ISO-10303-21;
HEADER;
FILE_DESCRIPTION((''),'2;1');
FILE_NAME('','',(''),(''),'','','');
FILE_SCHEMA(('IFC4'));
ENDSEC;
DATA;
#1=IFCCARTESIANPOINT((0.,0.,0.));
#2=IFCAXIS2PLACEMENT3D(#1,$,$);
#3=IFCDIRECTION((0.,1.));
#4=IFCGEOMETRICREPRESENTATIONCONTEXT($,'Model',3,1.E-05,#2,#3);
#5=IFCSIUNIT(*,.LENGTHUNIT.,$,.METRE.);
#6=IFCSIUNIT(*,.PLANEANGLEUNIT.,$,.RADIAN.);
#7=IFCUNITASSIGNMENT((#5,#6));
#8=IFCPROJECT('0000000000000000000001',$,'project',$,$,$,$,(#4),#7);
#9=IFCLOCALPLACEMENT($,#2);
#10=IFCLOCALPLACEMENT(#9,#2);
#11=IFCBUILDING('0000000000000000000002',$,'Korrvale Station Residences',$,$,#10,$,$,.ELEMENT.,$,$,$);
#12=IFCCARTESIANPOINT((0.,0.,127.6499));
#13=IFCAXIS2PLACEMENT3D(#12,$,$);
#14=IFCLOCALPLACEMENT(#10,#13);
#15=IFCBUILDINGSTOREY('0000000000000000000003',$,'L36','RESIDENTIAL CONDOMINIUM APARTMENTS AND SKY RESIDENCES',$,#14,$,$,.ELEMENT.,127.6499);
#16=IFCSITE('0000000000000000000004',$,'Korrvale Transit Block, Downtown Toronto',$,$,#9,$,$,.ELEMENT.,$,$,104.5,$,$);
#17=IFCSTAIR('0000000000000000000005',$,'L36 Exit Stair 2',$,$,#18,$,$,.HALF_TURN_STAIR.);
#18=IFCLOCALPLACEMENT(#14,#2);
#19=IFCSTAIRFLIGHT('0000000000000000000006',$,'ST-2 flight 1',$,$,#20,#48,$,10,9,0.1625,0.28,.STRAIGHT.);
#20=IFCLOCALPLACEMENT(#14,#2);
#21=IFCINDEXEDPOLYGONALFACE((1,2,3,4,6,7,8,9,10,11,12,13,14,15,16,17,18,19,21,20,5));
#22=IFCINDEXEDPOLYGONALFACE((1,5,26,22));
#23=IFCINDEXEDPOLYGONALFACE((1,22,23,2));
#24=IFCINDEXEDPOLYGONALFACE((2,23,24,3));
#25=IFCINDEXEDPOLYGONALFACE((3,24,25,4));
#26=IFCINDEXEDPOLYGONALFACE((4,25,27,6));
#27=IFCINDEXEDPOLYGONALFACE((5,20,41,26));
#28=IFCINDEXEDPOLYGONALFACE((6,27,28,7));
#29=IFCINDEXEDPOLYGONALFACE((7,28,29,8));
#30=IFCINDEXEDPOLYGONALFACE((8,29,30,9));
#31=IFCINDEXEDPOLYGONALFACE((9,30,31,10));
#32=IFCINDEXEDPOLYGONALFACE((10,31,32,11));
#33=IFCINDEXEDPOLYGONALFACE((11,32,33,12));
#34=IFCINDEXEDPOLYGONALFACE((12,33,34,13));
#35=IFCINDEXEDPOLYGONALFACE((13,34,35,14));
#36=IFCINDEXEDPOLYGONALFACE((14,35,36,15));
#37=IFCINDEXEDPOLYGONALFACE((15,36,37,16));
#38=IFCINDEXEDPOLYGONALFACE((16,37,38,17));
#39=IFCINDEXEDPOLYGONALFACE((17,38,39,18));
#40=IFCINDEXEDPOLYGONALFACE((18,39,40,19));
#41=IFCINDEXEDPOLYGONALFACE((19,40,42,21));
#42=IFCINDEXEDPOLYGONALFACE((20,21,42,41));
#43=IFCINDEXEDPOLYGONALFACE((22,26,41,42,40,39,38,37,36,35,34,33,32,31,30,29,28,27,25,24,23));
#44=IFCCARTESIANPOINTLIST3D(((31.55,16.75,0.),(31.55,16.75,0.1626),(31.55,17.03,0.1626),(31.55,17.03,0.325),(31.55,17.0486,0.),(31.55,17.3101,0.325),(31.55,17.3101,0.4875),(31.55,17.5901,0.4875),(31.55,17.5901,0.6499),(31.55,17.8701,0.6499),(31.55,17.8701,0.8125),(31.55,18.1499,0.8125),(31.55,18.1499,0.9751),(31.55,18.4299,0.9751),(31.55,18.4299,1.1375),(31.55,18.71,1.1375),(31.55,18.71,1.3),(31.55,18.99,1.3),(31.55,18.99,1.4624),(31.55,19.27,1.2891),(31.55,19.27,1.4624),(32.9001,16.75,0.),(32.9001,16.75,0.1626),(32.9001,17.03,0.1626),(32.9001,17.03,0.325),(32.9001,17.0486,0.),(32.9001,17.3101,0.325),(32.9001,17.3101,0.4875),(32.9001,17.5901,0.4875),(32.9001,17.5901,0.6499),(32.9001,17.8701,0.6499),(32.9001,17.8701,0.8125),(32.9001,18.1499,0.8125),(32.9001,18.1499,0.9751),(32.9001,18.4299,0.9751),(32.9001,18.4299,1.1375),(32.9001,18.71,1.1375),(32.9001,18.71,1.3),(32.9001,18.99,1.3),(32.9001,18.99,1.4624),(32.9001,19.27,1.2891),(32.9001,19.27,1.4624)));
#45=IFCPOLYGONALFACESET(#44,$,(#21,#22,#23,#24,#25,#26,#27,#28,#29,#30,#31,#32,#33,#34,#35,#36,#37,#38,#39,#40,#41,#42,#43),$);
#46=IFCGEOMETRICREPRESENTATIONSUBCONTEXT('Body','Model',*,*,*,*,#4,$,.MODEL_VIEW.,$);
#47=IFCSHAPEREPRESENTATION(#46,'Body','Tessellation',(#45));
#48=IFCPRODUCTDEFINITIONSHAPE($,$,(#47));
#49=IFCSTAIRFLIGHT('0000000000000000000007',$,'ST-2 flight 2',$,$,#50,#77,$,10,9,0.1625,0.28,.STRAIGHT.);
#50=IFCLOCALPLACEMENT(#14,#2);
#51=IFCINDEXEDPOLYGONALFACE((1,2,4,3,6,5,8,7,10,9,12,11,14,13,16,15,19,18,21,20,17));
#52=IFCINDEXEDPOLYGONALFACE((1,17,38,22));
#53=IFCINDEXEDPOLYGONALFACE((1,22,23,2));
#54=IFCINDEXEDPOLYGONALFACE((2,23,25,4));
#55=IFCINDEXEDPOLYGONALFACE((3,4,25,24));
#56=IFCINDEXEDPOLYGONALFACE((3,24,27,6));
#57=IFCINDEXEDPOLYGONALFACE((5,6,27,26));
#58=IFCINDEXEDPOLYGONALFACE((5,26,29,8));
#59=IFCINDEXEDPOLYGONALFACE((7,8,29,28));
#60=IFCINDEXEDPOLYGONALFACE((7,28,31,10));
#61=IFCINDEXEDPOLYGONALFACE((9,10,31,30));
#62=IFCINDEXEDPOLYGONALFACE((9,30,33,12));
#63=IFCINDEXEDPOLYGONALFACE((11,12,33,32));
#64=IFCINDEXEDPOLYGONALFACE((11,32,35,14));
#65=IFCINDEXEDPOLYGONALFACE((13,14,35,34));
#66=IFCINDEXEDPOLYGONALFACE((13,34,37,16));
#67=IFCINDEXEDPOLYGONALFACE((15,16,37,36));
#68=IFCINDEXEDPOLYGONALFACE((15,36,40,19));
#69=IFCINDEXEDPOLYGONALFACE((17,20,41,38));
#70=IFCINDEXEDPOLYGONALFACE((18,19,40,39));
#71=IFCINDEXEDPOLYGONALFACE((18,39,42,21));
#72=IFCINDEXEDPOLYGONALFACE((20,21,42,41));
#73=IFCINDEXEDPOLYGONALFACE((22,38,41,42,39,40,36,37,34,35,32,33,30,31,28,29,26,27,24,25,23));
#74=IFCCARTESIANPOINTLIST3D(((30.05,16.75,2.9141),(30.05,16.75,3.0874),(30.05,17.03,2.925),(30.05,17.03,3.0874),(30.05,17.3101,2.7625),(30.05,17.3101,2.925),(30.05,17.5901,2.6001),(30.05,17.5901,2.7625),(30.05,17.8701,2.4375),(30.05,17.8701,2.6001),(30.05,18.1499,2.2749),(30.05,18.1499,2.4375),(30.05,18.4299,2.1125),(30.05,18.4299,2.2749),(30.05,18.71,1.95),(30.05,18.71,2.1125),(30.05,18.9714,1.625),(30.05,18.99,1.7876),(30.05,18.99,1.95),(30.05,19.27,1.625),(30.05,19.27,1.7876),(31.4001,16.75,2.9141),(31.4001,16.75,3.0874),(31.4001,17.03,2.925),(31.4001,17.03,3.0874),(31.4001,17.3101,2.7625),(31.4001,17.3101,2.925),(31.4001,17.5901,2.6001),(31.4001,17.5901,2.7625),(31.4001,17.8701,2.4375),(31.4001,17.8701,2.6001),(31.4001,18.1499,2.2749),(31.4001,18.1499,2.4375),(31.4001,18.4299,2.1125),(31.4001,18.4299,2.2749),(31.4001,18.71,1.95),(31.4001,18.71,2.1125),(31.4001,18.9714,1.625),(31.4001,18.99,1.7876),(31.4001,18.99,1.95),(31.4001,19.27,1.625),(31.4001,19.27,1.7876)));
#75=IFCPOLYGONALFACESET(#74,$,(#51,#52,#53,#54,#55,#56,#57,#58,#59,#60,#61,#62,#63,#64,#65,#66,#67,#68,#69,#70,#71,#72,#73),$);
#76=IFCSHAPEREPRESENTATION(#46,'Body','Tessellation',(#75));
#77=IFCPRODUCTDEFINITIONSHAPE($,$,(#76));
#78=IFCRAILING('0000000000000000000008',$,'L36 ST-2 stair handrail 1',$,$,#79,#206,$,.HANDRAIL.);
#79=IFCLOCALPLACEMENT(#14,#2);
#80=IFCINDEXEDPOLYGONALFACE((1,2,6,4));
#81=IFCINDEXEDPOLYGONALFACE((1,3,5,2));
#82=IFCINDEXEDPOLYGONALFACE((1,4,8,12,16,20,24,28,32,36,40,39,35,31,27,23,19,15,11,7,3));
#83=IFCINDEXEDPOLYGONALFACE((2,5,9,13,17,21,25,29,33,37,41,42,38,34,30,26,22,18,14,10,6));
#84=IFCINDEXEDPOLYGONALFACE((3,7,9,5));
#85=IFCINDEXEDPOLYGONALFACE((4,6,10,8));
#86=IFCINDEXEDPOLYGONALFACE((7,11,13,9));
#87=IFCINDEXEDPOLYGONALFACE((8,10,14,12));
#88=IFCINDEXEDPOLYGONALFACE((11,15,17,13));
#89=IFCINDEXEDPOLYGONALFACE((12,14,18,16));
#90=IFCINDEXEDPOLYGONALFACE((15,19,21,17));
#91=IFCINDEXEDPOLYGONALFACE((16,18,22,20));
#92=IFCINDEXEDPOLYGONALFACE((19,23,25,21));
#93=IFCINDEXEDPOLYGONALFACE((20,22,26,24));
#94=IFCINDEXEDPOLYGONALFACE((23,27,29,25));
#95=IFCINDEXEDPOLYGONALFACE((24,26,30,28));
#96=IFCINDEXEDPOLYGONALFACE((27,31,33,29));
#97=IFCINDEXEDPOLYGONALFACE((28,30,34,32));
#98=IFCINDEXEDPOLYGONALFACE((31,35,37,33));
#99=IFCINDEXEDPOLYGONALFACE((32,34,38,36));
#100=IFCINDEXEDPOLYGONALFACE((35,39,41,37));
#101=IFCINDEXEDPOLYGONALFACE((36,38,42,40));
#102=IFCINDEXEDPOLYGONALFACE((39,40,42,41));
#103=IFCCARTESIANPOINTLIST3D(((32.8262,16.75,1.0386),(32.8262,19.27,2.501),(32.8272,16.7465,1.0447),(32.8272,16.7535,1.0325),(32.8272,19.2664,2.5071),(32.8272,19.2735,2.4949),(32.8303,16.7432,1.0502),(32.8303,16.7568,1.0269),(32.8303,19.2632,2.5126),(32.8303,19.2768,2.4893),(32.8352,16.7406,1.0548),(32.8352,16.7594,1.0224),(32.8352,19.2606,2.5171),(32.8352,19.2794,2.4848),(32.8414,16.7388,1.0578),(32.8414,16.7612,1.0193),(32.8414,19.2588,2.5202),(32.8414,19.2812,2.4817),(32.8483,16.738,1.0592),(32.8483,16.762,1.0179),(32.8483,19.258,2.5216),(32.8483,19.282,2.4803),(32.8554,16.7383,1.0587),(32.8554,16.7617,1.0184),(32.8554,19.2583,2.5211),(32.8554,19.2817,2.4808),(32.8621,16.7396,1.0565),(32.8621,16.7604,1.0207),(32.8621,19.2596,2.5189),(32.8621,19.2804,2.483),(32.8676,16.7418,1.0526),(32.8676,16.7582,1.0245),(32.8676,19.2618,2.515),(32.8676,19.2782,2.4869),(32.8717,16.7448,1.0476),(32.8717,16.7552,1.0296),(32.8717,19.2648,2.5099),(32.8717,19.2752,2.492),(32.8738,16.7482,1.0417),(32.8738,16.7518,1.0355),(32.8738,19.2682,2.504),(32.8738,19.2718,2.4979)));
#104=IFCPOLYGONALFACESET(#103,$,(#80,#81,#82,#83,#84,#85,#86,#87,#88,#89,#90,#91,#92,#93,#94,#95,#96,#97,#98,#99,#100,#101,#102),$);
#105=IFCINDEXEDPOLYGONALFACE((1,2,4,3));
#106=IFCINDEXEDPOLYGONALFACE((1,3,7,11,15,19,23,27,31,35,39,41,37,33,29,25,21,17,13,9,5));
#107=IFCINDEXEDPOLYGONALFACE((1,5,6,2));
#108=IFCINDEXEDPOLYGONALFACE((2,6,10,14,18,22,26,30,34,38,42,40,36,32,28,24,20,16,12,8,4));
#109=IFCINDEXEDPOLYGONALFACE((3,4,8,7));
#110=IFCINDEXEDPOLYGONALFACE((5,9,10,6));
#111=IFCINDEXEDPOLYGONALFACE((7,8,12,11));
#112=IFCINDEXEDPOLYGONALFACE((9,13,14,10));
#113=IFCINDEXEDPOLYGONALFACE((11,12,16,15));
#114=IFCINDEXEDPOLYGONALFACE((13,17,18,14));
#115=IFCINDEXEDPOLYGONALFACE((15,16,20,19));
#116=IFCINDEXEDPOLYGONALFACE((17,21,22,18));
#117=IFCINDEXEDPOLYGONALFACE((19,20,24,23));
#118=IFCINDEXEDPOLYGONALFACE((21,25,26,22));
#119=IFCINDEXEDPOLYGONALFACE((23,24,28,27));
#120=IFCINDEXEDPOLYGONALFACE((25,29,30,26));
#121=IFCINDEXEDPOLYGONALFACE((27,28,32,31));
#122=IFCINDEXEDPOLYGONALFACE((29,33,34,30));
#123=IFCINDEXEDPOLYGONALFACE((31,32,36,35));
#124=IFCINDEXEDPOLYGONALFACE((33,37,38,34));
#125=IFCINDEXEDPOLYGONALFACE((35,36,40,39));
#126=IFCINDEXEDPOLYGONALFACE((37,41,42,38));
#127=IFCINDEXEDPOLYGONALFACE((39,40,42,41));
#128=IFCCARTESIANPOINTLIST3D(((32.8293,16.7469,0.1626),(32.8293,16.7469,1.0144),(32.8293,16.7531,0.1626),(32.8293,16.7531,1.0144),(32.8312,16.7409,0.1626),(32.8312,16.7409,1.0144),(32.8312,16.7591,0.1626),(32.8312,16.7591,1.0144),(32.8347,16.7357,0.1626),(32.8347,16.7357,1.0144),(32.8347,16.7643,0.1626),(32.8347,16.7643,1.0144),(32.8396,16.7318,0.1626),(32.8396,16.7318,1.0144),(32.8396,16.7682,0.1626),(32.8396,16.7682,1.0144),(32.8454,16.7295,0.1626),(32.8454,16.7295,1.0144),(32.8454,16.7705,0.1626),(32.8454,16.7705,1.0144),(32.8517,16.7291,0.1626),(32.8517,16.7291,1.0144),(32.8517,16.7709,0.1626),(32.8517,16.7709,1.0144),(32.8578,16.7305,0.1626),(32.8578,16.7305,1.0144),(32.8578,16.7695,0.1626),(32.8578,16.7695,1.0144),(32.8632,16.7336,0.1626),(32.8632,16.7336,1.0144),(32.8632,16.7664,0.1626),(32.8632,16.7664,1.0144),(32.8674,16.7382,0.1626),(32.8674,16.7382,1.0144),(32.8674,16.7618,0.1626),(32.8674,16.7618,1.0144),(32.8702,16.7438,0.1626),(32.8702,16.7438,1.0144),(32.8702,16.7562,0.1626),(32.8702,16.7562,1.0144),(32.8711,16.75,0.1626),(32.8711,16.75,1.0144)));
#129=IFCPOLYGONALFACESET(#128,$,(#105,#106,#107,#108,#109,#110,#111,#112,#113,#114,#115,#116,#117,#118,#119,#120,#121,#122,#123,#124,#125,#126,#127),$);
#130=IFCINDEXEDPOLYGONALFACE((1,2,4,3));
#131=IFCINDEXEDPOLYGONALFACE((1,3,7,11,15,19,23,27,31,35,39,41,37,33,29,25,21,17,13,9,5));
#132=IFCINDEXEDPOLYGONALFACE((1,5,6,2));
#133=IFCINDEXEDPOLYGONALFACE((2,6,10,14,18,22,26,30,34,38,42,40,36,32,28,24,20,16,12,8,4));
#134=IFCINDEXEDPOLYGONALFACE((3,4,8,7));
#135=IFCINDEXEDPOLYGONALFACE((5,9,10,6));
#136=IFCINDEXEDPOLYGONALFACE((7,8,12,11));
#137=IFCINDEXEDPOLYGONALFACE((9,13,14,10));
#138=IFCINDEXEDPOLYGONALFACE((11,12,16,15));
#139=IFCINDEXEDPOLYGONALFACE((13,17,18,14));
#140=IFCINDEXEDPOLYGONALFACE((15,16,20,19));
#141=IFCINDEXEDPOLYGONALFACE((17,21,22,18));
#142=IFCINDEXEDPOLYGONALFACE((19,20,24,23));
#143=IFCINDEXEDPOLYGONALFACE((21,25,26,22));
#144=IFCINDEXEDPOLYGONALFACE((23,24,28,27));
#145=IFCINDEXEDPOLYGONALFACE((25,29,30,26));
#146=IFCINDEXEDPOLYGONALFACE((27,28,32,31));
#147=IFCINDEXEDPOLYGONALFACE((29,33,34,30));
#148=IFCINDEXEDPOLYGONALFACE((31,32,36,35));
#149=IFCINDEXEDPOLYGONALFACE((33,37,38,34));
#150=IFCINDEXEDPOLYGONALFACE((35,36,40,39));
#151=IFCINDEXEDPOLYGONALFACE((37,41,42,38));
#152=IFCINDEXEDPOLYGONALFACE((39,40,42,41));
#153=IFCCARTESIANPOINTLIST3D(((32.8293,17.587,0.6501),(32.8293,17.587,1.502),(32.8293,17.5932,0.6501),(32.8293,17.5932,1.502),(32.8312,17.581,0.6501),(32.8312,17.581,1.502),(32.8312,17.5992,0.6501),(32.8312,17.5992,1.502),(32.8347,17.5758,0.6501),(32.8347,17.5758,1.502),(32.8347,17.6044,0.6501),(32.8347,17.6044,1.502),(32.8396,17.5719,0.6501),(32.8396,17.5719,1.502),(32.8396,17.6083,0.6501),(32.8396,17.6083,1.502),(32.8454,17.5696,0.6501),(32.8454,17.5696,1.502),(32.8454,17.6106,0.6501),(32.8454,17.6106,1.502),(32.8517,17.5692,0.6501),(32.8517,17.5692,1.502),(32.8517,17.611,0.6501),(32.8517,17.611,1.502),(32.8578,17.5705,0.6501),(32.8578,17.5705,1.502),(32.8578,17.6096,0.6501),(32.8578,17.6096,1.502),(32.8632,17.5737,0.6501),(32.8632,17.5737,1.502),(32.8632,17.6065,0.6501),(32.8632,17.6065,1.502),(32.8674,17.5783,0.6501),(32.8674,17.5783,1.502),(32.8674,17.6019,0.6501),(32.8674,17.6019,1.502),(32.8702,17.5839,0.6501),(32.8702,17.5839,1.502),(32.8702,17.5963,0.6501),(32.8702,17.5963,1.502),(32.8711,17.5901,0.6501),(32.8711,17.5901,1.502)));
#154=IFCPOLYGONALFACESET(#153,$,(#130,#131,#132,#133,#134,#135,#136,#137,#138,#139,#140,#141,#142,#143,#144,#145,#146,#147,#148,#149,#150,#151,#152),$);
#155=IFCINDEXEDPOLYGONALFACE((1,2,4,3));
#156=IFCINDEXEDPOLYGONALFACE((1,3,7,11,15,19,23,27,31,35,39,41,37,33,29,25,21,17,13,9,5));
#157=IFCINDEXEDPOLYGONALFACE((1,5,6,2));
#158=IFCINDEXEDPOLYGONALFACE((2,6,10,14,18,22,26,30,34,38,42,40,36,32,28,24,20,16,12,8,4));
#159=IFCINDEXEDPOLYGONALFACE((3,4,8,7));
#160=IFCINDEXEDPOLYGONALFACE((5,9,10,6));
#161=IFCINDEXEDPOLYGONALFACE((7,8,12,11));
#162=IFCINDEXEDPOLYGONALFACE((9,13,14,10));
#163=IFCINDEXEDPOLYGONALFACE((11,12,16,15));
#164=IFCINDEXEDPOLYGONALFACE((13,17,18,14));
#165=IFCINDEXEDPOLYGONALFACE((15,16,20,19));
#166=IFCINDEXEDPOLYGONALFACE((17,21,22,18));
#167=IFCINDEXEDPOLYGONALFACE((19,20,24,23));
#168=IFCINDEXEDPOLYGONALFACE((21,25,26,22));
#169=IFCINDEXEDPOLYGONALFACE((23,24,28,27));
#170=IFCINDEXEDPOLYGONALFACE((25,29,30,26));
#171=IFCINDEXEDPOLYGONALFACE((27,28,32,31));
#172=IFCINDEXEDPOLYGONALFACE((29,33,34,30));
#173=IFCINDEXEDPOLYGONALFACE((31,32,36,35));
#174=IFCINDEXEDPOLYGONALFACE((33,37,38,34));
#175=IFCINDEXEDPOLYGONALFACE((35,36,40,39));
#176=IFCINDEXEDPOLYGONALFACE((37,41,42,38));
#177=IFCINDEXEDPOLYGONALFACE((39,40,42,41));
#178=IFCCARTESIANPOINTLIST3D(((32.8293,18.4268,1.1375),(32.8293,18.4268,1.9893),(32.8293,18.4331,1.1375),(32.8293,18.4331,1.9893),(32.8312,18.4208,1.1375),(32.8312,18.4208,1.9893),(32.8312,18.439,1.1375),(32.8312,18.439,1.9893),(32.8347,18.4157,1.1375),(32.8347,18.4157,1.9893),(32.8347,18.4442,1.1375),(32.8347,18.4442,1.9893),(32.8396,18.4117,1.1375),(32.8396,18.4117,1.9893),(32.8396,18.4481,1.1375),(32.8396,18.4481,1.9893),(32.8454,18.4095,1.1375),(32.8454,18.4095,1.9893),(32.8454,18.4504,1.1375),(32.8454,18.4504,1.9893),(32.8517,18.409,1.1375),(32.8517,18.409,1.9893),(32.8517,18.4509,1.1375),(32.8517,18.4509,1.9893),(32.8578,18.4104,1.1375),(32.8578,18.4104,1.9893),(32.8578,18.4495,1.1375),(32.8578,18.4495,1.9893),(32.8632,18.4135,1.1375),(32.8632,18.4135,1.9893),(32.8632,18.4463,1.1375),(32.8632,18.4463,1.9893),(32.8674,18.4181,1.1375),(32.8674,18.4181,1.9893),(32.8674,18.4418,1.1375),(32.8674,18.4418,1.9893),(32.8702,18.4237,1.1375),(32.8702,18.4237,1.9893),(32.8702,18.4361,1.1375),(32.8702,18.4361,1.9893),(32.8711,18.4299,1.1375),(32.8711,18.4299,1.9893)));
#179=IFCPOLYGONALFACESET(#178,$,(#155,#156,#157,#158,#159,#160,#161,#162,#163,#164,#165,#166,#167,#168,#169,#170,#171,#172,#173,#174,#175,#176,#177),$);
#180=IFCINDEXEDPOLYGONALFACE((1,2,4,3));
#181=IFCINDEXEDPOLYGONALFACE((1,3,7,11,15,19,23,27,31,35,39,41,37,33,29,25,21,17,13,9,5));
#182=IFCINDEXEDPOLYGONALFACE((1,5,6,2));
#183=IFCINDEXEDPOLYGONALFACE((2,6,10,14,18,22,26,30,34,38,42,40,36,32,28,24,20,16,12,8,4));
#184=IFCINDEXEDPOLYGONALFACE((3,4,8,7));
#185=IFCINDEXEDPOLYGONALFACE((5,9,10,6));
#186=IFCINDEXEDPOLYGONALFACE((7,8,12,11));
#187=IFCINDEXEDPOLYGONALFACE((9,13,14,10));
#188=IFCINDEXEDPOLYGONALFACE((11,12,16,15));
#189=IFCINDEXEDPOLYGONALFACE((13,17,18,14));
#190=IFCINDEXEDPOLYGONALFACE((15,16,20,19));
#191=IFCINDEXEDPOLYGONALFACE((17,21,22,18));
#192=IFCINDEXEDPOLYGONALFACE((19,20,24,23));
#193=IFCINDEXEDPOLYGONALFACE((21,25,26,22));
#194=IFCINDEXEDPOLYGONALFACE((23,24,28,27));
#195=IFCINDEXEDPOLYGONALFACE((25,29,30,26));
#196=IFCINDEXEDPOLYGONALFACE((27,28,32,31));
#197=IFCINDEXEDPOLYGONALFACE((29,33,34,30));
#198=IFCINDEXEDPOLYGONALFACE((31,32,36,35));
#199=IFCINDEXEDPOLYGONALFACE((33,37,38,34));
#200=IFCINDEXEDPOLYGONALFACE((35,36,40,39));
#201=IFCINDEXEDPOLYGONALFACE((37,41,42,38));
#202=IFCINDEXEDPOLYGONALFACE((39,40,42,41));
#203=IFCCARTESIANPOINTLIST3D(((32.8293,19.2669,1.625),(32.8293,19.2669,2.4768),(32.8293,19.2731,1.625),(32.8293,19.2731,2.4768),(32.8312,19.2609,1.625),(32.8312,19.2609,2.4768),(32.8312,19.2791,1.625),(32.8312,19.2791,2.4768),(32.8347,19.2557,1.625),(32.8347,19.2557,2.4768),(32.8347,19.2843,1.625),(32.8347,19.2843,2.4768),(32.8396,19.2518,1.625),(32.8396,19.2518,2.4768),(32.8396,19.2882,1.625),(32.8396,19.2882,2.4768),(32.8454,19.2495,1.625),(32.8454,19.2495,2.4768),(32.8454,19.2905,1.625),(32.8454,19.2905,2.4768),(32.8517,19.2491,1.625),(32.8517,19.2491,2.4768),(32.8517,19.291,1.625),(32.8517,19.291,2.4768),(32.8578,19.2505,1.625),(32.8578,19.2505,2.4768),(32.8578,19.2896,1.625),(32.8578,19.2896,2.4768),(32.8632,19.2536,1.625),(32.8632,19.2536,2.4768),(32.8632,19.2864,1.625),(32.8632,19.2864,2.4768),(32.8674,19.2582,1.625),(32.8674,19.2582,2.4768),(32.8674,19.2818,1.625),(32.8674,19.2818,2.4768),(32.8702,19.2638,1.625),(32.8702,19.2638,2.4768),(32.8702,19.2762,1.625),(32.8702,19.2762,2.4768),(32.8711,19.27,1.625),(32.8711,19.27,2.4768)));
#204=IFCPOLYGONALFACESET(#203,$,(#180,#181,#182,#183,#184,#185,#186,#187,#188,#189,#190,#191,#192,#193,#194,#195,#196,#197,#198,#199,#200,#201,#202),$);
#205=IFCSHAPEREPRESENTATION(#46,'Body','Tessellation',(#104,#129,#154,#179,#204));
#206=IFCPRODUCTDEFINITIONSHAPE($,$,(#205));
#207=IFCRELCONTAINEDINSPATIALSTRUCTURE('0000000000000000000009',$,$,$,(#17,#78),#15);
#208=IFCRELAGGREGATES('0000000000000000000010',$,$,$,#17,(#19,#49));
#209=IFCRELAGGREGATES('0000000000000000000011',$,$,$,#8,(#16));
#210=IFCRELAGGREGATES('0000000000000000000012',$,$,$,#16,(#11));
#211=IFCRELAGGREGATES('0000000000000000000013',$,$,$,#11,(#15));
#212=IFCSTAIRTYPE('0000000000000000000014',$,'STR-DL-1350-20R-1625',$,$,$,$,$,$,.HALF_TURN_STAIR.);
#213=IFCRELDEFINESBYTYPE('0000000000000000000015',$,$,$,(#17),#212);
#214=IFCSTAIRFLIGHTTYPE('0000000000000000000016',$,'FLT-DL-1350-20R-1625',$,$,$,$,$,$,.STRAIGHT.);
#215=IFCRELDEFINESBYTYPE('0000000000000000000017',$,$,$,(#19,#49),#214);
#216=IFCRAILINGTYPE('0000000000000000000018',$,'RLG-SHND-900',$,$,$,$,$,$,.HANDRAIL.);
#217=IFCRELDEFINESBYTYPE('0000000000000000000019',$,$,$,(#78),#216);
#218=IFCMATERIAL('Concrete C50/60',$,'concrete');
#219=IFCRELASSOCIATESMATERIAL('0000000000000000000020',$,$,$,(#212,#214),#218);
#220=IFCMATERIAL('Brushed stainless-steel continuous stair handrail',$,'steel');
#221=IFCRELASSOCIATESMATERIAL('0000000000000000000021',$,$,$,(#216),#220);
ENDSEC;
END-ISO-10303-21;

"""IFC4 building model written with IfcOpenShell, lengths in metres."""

from ifc_helpers import new_model, si_unit, direction, frame, origin, origin_2d, place, context, subcontext, project, spatial, polyline, circle, outline, extrude, material, type_object, element, aggregate, save


model = new_model("IFC4")

# Units and contexts
model_context = context("Model", 3, precision=1e-05, world=origin(), true_north=direction((0.0, 1.0)))
body_context = subcontext(model_context, "Body", "Model", "MODEL_VIEW")
ifc_project = project(units=[si_unit("LENGTHUNIT", "METRE"), si_unit("PLANEANGLEUNIT", "RADIAN")], contexts=[model_context])

# Site, building, storey
site_placement = place(None, origin())
site = spatial("IfcSite", under=ifc_project, at=site_placement, Name="Korrvale Transit Block, Downtown Toronto", CompositionType="ELEMENT", RefElevation=104.5)
building_placement = place(site_placement, origin())
building = spatial("IfcBuilding", under=site, at=building_placement, Name="Korrvale Station Residences", CompositionType="ELEMENT")
storey_placement = place(building_placement, frame((0.0, 0.0, 127.6499)))
storey = spatial("IfcBuildingStorey", under=building, at=storey_placement, Name="L36", Description="RESIDENTIAL CONDOMINIUM APARTMENTS AND SKY RESIDENCES", CompositionType="ELEMENT", Elevation=127.6499)

# Stair, stair flights
ifc_material_1 = material(Name="Concrete C50/60", Category="concrete")
stair_type = type_object("IfcStairType", Name="STR-DL-1350-20R-1625", PredefinedType="HALF_TURN_STAIR", material=ifc_material_1)
stair_placement = place(storey_placement, origin())
stair = element("IfcStair", 1, at=stair_placement, inside=storey, type_object=stair_type, Name="L36 Exit Stair 2", PredefinedType="HALF_TURN_STAIR")
stair_flight_type = type_object("IfcStairFlightType", Name="FLT-DL-1350-20R-1625", PredefinedType="STRAIGHT", material=ifc_material_1)
stair_flight_1_placement = place(storey_placement, frame((32.2251, 16.75, 0.0), z_axis=(0.0, 0.0, 1.0), x_axis=(0.0, 1.0, 0.0)))
stair_flight_1 = element("IfcStairFlight", 2, at=stair_flight_1_placement, type_object=stair_flight_type, Name="ST-2 flight 1", NumberOfRisers=10, NumberOfTreads=9, PredefinedType="STRAIGHT", RiserHeight=0.1625, TreadLength=0.28, context=body_context, shape_type="SweptSolid", body=[
    extrude(outline(polyline([(0.0, 0.0), (0.0, 0.1626), (0.28, 0.1626), (0.28, 0.325), (0.5601, 0.325), (0.5601, 0.4875), (0.8401, 0.4875), (0.8401, 0.6499), (1.1201, 0.6499), (1.1201, 0.8125), (1.3999, 0.8125), (1.3999, 0.9751), (1.6799, 0.9751), (1.6799, 1.1375), (1.96, 1.1375), (1.96, 1.3), (2.24, 1.3), (2.24, 1.4624), (2.52, 1.4624), (2.52, 1.625), (2.52, 1.2891), (0.2986, 0.0), (0.0, 0.0)])), frame((0.0, 0.675, 0.0), z_axis=(0.0, -1.0, 0.0), x_axis=(1.0, 0.0, 0.0)), (0.0, 0.0, 1.0), 1.3501),
])
stair_flight_2_placement = place(storey_placement, frame((30.7251, 19.27, 1.625), z_axis=(0.0, 0.0, 1.0), x_axis=(0.0, -1.0, 0.0)))
stair_flight_2 = element("IfcStairFlight", 3, at=stair_flight_2_placement, type_object=stair_flight_type, Name="ST-2 flight 2", NumberOfRisers=10, NumberOfTreads=9, PredefinedType="STRAIGHT", RiserHeight=0.1625, TreadLength=0.28, context=body_context, shape_type="SweptSolid", body=[
    extrude(outline(polyline([(0.0, 0.0), (0.0, 0.1626), (0.28, 0.1626), (0.28, 0.325), (0.5601, 0.325), (0.5601, 0.4875), (0.8401, 0.4875), (0.8401, 0.6499), (1.1201, 0.6499), (1.1201, 0.8125), (1.3999, 0.8125), (1.3999, 0.9751), (1.6799, 0.9751), (1.6799, 1.1375), (1.96, 1.1375), (1.96, 1.3), (2.24, 1.3), (2.24, 1.4624), (2.52, 1.4624), (2.52, 1.625), (2.52, 1.2891), (0.2986, 0.0), (0.0, 0.0)])), frame((0.0, 0.675, 0.0), z_axis=(0.0, -1.0, 0.0), x_axis=(1.0, 0.0, 0.0)), (0.0, 0.0, 1.0), 1.3501),
])
aggregate(stair, [stair_flight_1, stair_flight_2])

# Railing
ifc_material_2 = material(Name="Brushed stainless-steel continuous stair handrail", Category="steel")
railing_type_1 = type_object("IfcRailingType", Name="RLG-SHND-900", PredefinedType="HANDRAIL", material=ifc_material_2)
railing_1_placement = place(storey_placement, frame((32.8501, 16.75, 0.1626)))
element("IfcRailing", 4, at=railing_1_placement, inside=storey, type_object=railing_type_1, Name="L36 ST-2 stair handrail 1", PredefinedType="HANDRAIL", context=body_context, shape_type="SweptSolid", body=[
    extrude(circle(Radius=0.0239, at=origin_2d()), frame((0.0, 0.0, 0.876), z_axis=(0.0, 0.864913, 0.501921), x_axis=(-1.0, 0.0, 0.0)), (0.0, 0.0, 1.0), 2.9136),
    extrude(circle(Radius=0.021, at=origin_2d()), origin(), (0.0, 0.0, 1.0), 0.8518),
    extrude(circle(Radius=0.021, at=origin_2d()), frame((0.0, 0.8401, 0.4875)), (0.0, 0.0, 1.0), 0.8518),
    extrude(circle(Radius=0.021, at=origin_2d()), frame((0.0, 1.6799, 0.9749)), (0.0, 0.0, 1.0), 0.8518),
    extrude(circle(Radius=0.021, at=origin_2d()), frame((0.0, 2.52, 1.4624)), (0.0, 0.0, 1.0), 0.8518),
])

save(model, "model.ifc")
